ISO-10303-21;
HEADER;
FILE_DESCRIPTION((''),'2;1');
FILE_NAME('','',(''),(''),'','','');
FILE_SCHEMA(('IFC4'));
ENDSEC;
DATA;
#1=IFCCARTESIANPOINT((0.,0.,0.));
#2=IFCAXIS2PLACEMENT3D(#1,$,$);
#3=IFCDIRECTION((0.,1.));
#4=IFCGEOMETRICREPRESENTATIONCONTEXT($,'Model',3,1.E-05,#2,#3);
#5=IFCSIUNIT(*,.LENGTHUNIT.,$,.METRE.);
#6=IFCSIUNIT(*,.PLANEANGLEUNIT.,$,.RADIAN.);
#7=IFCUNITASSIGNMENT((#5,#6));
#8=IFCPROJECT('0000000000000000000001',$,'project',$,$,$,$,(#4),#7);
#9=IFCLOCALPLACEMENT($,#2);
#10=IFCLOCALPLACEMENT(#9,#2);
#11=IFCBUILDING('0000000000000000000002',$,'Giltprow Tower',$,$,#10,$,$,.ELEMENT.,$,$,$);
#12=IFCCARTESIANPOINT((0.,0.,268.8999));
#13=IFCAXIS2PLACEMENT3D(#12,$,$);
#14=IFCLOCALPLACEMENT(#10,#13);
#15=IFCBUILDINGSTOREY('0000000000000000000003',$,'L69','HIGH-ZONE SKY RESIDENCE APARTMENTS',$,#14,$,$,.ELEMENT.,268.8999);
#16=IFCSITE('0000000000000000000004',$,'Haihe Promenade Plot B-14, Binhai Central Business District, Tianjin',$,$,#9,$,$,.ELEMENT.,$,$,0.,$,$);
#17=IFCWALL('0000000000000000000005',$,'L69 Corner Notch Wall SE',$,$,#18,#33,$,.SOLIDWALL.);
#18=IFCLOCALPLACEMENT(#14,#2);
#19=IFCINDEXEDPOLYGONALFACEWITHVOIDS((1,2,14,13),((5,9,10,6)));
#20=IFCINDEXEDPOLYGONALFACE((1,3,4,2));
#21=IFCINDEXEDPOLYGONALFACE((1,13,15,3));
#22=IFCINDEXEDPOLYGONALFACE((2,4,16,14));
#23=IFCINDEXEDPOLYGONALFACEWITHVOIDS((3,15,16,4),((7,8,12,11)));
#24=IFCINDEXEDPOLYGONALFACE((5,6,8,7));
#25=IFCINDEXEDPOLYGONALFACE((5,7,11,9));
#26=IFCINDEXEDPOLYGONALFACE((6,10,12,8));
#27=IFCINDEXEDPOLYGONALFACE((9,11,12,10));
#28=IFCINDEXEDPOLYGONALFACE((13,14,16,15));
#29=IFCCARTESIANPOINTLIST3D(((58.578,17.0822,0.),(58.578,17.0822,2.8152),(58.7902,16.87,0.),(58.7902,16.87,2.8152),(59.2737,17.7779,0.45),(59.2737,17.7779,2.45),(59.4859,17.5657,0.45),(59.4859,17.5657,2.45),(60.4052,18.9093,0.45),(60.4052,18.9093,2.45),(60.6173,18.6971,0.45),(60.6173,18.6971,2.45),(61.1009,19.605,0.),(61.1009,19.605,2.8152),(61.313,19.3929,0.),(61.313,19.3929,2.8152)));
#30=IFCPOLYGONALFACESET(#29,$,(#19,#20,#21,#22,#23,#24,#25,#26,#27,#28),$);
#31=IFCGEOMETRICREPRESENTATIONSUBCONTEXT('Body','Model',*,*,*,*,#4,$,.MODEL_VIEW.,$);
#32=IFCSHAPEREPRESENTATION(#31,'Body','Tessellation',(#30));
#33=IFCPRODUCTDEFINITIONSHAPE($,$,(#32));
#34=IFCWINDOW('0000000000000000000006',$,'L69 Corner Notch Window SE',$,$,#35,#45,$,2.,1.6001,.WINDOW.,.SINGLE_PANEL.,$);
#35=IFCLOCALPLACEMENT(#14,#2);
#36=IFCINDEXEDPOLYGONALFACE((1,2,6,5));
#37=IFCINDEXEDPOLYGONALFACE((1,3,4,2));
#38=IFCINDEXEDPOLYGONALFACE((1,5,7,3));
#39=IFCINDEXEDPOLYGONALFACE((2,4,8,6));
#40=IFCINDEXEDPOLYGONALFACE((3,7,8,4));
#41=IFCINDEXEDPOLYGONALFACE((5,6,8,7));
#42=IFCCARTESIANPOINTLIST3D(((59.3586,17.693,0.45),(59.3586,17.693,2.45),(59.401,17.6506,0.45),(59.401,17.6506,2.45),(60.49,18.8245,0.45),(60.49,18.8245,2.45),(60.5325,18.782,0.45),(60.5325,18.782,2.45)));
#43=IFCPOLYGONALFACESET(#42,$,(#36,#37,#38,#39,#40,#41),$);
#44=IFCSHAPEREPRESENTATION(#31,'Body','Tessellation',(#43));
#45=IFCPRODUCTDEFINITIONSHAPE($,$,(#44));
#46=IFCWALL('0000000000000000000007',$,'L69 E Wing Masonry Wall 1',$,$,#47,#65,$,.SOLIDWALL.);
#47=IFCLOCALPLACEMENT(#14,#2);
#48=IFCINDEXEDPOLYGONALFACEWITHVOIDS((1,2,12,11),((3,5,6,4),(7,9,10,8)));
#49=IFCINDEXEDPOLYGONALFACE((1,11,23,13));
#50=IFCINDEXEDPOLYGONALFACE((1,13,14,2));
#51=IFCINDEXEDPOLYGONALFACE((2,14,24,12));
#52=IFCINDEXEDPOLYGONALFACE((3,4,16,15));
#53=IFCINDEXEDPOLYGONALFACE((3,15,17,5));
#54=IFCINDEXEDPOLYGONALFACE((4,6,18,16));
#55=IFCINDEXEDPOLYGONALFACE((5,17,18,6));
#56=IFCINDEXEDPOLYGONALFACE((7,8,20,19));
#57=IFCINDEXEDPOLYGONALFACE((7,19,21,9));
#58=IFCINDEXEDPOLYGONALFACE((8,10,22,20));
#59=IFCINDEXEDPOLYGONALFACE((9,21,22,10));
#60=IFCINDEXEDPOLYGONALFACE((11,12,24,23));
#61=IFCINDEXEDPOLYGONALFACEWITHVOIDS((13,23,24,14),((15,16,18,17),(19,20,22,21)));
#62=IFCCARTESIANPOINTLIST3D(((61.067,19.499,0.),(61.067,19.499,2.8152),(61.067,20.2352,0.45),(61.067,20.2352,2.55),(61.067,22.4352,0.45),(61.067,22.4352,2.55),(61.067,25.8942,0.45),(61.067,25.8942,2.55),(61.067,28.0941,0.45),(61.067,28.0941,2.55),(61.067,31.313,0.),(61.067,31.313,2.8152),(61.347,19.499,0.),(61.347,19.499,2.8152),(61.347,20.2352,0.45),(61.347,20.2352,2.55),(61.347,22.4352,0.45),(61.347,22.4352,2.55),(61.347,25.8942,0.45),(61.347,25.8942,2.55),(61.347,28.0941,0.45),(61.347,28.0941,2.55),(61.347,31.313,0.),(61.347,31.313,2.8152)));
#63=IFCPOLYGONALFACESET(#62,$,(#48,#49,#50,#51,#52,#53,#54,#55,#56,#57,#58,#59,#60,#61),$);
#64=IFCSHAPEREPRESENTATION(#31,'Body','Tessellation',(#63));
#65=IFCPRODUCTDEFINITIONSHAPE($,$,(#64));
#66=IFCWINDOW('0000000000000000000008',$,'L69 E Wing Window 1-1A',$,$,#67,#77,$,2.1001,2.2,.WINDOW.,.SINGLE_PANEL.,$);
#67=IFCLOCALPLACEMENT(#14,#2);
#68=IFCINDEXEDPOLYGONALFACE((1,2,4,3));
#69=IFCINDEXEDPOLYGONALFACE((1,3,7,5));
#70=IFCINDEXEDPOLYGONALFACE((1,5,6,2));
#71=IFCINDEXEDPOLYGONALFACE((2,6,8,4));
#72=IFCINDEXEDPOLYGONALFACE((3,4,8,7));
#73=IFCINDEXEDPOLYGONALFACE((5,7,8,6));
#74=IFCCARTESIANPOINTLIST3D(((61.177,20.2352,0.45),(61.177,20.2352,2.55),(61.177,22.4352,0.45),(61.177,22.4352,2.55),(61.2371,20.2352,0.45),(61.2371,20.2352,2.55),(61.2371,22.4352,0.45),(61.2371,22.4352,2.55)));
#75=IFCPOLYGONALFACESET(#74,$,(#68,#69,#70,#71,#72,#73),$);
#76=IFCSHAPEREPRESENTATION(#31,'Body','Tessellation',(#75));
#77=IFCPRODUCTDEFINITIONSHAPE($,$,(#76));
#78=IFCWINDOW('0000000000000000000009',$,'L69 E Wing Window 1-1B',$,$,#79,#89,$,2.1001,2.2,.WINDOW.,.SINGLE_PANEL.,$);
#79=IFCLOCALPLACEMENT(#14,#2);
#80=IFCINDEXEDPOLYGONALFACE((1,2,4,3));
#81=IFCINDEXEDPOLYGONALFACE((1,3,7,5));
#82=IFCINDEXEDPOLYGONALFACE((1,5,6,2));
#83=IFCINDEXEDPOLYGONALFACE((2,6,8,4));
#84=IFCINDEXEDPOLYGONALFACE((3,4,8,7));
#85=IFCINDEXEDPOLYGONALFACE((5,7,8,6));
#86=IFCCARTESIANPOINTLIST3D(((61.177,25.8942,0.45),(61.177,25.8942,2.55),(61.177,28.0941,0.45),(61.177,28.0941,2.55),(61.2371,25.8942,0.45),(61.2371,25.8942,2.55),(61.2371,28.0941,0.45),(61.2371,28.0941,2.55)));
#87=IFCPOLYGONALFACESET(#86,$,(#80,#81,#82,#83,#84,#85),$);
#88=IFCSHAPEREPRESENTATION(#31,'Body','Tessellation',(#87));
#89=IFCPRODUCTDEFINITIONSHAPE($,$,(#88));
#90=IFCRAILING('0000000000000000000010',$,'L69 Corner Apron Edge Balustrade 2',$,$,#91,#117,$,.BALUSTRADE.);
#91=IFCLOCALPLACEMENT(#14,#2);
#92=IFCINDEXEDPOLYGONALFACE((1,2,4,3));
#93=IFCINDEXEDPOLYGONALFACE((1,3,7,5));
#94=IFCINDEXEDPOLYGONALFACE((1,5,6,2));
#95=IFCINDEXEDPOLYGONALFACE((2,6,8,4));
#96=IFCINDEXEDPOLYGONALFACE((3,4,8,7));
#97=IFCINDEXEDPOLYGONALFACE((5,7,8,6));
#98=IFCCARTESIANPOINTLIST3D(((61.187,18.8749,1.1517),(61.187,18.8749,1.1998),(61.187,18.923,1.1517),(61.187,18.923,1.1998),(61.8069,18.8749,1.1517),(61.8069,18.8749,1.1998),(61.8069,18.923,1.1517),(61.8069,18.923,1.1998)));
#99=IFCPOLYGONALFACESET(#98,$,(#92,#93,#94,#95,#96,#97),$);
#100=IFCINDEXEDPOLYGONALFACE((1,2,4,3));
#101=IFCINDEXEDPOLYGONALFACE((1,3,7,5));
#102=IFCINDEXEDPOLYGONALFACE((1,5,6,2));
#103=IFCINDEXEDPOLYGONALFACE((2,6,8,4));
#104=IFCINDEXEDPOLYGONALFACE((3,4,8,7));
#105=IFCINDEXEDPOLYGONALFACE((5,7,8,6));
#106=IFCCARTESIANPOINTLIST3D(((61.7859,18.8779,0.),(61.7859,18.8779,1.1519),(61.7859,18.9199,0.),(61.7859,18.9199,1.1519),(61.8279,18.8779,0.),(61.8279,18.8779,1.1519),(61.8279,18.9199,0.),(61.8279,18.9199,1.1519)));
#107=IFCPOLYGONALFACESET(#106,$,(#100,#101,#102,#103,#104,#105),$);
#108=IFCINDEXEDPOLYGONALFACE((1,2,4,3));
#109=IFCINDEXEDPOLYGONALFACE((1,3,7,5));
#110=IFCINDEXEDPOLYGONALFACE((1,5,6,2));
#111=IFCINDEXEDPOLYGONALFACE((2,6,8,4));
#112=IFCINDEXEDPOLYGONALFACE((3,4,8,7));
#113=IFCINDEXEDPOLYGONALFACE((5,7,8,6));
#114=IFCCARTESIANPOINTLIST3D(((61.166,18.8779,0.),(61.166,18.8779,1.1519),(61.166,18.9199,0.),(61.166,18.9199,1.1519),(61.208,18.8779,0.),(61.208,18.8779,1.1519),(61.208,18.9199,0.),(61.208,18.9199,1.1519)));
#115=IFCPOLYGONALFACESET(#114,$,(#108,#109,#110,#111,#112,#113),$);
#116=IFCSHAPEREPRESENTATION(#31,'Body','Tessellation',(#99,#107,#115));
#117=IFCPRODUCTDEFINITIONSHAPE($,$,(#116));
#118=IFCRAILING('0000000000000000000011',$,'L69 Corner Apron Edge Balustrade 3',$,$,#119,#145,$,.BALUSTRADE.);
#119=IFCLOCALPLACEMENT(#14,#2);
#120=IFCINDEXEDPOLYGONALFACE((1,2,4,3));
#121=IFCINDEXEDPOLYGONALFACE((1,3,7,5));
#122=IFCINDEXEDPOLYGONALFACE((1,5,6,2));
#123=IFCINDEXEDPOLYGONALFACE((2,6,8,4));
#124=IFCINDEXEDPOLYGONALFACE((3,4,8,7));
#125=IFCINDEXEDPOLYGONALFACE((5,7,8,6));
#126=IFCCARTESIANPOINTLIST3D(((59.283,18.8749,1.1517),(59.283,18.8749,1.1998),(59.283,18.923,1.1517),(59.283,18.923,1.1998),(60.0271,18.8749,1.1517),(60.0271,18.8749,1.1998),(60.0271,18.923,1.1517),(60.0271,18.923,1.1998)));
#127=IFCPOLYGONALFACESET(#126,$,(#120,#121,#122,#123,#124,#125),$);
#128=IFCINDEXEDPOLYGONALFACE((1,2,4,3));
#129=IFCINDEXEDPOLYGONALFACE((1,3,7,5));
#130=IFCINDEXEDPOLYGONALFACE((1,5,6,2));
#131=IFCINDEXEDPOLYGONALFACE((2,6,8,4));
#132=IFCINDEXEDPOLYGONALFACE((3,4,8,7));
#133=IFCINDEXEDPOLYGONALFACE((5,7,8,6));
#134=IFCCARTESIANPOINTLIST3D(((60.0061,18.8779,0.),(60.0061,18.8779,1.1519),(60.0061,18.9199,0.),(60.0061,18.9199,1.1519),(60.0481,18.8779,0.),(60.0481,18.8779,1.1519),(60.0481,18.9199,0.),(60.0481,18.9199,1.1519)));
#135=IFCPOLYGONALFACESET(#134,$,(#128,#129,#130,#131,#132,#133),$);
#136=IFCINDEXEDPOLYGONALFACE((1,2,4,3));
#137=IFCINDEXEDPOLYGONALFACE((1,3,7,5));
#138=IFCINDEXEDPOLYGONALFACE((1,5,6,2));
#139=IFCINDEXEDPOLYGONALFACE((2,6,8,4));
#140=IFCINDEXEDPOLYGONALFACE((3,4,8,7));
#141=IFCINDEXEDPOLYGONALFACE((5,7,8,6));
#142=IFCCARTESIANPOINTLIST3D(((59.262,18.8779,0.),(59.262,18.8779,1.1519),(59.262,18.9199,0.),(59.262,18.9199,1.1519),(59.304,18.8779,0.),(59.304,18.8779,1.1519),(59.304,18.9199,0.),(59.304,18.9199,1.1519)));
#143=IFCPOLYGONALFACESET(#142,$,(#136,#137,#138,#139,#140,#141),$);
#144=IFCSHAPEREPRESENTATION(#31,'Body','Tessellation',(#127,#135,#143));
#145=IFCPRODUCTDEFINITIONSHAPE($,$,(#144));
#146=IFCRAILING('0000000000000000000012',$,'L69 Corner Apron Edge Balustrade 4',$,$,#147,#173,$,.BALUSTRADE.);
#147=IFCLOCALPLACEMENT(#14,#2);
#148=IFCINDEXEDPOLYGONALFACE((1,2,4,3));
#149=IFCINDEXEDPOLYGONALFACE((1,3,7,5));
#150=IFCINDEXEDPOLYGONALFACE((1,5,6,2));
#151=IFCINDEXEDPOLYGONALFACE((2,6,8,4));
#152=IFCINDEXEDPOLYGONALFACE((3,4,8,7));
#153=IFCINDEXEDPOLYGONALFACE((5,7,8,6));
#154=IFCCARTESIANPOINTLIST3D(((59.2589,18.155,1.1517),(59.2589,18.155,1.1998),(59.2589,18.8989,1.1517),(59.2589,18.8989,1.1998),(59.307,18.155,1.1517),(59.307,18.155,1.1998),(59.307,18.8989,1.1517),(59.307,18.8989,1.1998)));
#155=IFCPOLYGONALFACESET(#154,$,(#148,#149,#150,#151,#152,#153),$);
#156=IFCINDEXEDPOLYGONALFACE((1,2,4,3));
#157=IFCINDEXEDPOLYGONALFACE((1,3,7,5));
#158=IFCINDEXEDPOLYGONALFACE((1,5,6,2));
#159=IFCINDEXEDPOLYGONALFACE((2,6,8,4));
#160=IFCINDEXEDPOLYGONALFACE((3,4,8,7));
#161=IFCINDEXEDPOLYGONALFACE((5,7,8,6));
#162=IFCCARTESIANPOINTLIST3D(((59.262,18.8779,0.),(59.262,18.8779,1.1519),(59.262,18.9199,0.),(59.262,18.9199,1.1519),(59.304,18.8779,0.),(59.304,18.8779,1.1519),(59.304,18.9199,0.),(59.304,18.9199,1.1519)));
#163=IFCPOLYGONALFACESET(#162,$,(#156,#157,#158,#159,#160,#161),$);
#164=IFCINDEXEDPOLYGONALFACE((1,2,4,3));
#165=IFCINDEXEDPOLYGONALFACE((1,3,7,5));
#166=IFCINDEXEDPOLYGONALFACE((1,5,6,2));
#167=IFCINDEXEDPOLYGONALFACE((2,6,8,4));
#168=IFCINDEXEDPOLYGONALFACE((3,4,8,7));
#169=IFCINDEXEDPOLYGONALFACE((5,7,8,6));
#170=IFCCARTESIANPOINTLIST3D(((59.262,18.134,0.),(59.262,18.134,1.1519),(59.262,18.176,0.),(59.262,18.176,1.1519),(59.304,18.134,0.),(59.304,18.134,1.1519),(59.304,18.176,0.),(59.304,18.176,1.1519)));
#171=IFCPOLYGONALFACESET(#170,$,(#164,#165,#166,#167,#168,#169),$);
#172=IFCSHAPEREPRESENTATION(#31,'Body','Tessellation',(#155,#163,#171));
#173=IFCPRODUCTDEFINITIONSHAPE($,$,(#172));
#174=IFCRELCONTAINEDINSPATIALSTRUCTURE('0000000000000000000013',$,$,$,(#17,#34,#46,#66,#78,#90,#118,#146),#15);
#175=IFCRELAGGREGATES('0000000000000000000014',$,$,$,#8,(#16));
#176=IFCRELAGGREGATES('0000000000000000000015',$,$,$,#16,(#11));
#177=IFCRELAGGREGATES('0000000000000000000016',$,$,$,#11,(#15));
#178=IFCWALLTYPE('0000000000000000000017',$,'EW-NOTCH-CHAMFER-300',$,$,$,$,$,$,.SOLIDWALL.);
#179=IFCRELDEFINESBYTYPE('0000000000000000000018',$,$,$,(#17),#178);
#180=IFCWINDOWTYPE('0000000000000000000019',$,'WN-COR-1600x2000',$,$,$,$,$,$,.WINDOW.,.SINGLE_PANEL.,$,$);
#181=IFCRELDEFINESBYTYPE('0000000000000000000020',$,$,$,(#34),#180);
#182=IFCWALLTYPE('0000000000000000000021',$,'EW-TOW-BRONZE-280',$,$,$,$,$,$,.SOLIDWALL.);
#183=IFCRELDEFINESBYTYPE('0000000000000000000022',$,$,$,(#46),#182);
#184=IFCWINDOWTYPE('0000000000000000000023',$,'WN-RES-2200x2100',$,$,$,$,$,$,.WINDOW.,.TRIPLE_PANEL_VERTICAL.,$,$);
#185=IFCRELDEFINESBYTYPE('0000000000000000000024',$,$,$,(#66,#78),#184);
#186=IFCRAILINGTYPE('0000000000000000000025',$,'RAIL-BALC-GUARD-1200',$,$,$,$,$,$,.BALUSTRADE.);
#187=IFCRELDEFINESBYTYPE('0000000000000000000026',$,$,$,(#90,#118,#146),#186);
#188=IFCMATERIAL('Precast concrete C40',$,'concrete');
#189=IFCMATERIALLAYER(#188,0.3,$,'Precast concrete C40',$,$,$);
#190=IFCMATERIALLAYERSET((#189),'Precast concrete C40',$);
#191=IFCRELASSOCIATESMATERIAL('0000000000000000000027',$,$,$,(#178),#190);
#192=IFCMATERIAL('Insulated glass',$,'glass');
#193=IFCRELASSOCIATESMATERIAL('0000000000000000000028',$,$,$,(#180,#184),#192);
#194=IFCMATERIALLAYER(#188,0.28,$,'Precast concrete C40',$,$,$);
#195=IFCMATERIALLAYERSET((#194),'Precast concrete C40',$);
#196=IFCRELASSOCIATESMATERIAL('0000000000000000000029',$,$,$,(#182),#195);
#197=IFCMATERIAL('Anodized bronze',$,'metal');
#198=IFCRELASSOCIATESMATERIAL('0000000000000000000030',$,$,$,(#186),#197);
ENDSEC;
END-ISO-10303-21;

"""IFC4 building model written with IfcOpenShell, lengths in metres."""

from ifc_helpers import new_model, si_unit, direction, frame, frame_2d, origin, origin_2d, place, context, subcontext, project, spatial, rectangle, extrude, source, transform, mapped, material, layer, layer_set, type_object, element, fill, save


model = new_model("IFC4")

# Units and contexts
model_context = context("Model", 3, precision=1e-05, world=origin(), true_north=direction((0.0, 1.0)))
body_context = subcontext(model_context, "Body", "Model", "MODEL_VIEW")
ifc_project = project(units=[si_unit("LENGTHUNIT", "METRE"), si_unit("PLANEANGLEUNIT", "RADIAN")], contexts=[model_context])

# Site, building, storey
site_placement = place(None, origin())
site = spatial("IfcSite", under=ifc_project, at=site_placement, Name="Haihe Promenade Plot B-14, Binhai Central Business District, Tianjin", CompositionType="ELEMENT", RefElevation=0.0)
building_placement = place(site_placement, origin())
building = spatial("IfcBuilding", under=site, at=building_placement, Name="Giltprow Tower", CompositionType="ELEMENT")
storey_placement = place(building_placement, frame((0.0, 0.0, 268.8999)))
storey = spatial("IfcBuildingStorey", under=building, at=storey_placement, Name="L69", Description="HIGH-ZONE SKY RESIDENCE APARTMENTS", CompositionType="ELEMENT", Elevation=268.8999)

# Shared definitions
ifc_material_1 = material(Name="Anodized bronze", Category="metal")
ifc_material_2 = material(Name="Insulated glass", Category="glass")

# Wall, opening, window
ifc_material_3 = material(Name="Precast concrete C40", Category="concrete")
ifc_layer_1 = layer(ifc_material_3, 0.3, Name="Precast concrete C40")
ifc_layer_set_1 = layer_set([ifc_layer_1], Name="Precast concrete C40")
wall_type_1 = type_object("IfcWallType", Name="EW-NOTCH-CHAMFER-300", PredefinedType="SOLIDWALL", material=ifc_layer_set_1)
wall_1_placement = place(storey_placement, frame((58.6841, 16.9761, 0.0), z_axis=(0.0, 0.0, 1.0), x_axis=(0.707107, 0.707107, 0.0)))
wall_1 = element("IfcWall", 1, at=wall_1_placement, inside=storey, type_object=wall_type_1, Name="L69 Corner Notch Wall SE", PredefinedType="SOLIDWALL", context=body_context, shape_type="SweptSolid", body=[
    extrude(rectangle(XDim=3.5679, YDim=0.3, at=frame_2d((1.7839, 0.0))), origin(), (0.0, 0.0, 1.0), 2.8152),
])
opening_1_placement = place(wall_1_placement, frame((0.9839, 0.0, 0.45)))
opening_1 = element("IfcOpeningElement", 2, at=opening_1_placement, cuts=wall_1, PredefinedType="OPENING", context=body_context, shape_type="SweptSolid", body=[
    extrude(rectangle(XDim=1.6001, YDim=2.0, at=frame_2d((0.8, 1.0))), frame((0.0, 0.1599, 0.0), z_axis=(0.0, -1.0, 0.0), x_axis=(1.0, 0.0, 0.0)), (0.0, 0.0, 1.0), 0.3201),
])
window_type_1 = type_object("IfcWindowType", Name="WN-COR-1600x2000", PartitioningType="SINGLE_PANEL", PredefinedType="WINDOW", material=ifc_material_2)
shared_shape_1 = source(origin(), body_context, "Body", "SweptSolid", [
    extrude(rectangle(XDim=1.6001, YDim=2.0, at=frame_2d((0.8, 1.0))), frame((0.0, 0.03, 0.0), z_axis=(0.0, -1.0, 0.0), x_axis=(1.0, 0.0, 0.0)), (0.0, 0.0, 1.0), 0.0601),
])
window_1_placement = place(opening_1_placement, origin())
window_1 = element("IfcWindow", 3, at=window_1_placement, inside=storey, type_object=window_type_1, Name="L69 Corner Notch Window SE", OverallHeight=2.0, OverallWidth=1.6001, PartitioningType="SINGLE_PANEL", PredefinedType="WINDOW", context=body_context, shape_type="MappedRepresentation", body=[
    mapped(shared_shape_1, transform((0.0, 0.0, 0.0), x_axis=(1.0, 0.0, 0.0), y_axis=(0.0, 1.0, 0.0), z_axis=(0.0, 0.0, 1.0), scale=1.0)),
])
fill(opening_1, window_1)

# Wall, openings, windows
ifc_layer_2 = layer(ifc_material_3, 0.28, Name="Precast concrete C40")
ifc_layer_set_2 = layer_set([ifc_layer_2], Name="Precast concrete C40")
wall_type_2 = type_object("IfcWallType", Name="EW-TOW-BRONZE-280", PredefinedType="SOLIDWALL", material=ifc_layer_set_2)
wall_2_placement = place(storey_placement, frame((61.207, 19.499, 0.0), z_axis=(0.0, 0.0, 1.0), x_axis=(0.0, 1.0, 0.0)))
wall_2 = element("IfcWall", 4, at=wall_2_placement, inside=storey, type_object=wall_type_2, Name="L69 E Wing Masonry Wall 1", PredefinedType="SOLIDWALL", context=body_context, shape_type="SweptSolid", body=[
    extrude(rectangle(XDim=11.814, YDim=0.28, at=frame_2d((5.907, 0.0))), origin(), (0.0, 0.0, 1.0), 2.8152),
])
opening_2_placement = place(wall_2_placement, frame((0.7361, 0.0, 0.45)))
opening_2 = element("IfcOpeningElement", 5, at=opening_2_placement, cuts=wall_2, PredefinedType="OPENING", context=body_context, shape_type="SweptSolid", body=[
    extrude(rectangle(XDim=2.2, YDim=2.1001, at=frame_2d((1.1001, 1.05))), frame((0.0, 0.1499, 0.0), z_axis=(0.0, -1.0, 0.0), x_axis=(1.0, 0.0, 0.0)), (0.0, 0.0, 1.0), 0.3),
])
opening_3_placement = place(wall_2_placement, frame((6.395, 0.0, 0.45)))
opening_3 = element("IfcOpeningElement", 6, at=opening_3_placement, cuts=wall_2, PredefinedType="OPENING", context=body_context, shape_type="SweptSolid", body=[
    extrude(rectangle(XDim=2.2, YDim=2.1001, at=frame_2d((1.1001, 1.05))), frame((0.0, 0.1499, 0.0), z_axis=(0.0, -1.0, 0.0), x_axis=(1.0, 0.0, 0.0)), (0.0, 0.0, 1.0), 0.3),
])
window_type_2 = type_object("IfcWindowType", Name="WN-RES-2200x2100", PartitioningType="TRIPLE_PANEL_VERTICAL", PredefinedType="WINDOW", material=ifc_material_2)
shared_shape_2 = source(origin(), body_context, "Body", "SweptSolid", [
    extrude(rectangle(XDim=2.2, YDim=2.1001, at=frame_2d((1.1001, 1.05))), frame((0.0, 0.03, 0.0), z_axis=(0.0, -1.0, 0.0), x_axis=(1.0, 0.0, 0.0)), (0.0, 0.0, 1.0), 0.0601),
])
window_2_placement = place(opening_2_placement, origin())
window_2 = element("IfcWindow", 7, at=window_2_placement, inside=storey, type_object=window_type_2, Name="L69 E Wing Window 1-1A", OverallHeight=2.1001, OverallWidth=2.2, PartitioningType="SINGLE_PANEL", PredefinedType="WINDOW", context=body_context, shape_type="MappedRepresentation", body=[
    mapped(shared_shape_2, transform((0.0, 0.0, 0.0), x_axis=(1.0, 0.0, 0.0), y_axis=(0.0, 1.0, 0.0), z_axis=(0.0, 0.0, 1.0), scale=1.0)),
])
fill(opening_2, window_2)
window_3_placement = place(opening_3_placement, origin())
window_3 = element("IfcWindow", 8, at=window_3_placement, inside=storey, type_object=window_type_2, Name="L69 E Wing Window 1-1B", OverallHeight=2.1001, OverallWidth=2.2, PartitioningType="SINGLE_PANEL", PredefinedType="WINDOW", context=body_context, shape_type="MappedRepresentation", body=[
    mapped(shared_shape_2, transform((0.0, 0.0, 0.0), x_axis=(1.0, 0.0, 0.0), y_axis=(0.0, 1.0, 0.0), z_axis=(0.0, 0.0, 1.0), scale=1.0)),
])
fill(opening_3, window_3)

# Railings
railing_type = type_object("IfcRailingType", Name="RAIL-BALC-GUARD-1200", PredefinedType="BALUSTRADE", material=ifc_material_1)
railing_1_placement = place(storey_placement, frame((61.8069, 18.8989, 0.0)))
element("IfcRailing", 9, at=railing_1_placement, inside=storey, type_object=railing_type, Name="L69 Corner Apron Edge Balustrade 2", PredefinedType="BALUSTRADE", context=body_context, shape_type="SweptSolid", body=[
    extrude(rectangle(XDim=0.0481, YDim=0.0481, at=origin_2d()), frame((0.0, 0.0, 1.1758), z_axis=(-1.0, 0.0, 0.0), x_axis=(0.0, -1.0, 0.0)), (0.0, 0.0, 1.0), 0.6199),
    extrude(rectangle(XDim=0.042, YDim=0.042, at=origin_2d()), origin(), (0.0, 0.0, 1.0), 1.1519),
    extrude(rectangle(XDim=0.042, YDim=0.042, at=origin_2d()), frame((-0.6199, 0.0, 0.0)), (0.0, 0.0, 1.0), 1.1519),
])
railing_2_placement = place(storey_placement, frame((60.0271, 18.8989, 0.0)))
element("IfcRailing", 10, at=railing_2_placement, inside=storey, type_object=railing_type, Name="L69 Corner Apron Edge Balustrade 3", PredefinedType="BALUSTRADE", context=body_context, shape_type="SweptSolid", body=[
    extrude(rectangle(XDim=0.0481, YDim=0.0481, at=origin_2d()), frame((0.0, 0.0, 1.1758), z_axis=(-1.0, 0.0, 0.0), x_axis=(0.0, -1.0, 0.0)), (0.0, 0.0, 1.0), 0.7441),
    extrude(rectangle(XDim=0.042, YDim=0.042, at=origin_2d()), origin(), (0.0, 0.0, 1.0), 1.1519),
    extrude(rectangle(XDim=0.042, YDim=0.042, at=origin_2d()), frame((-0.7441, 0.0, 0.0)), (0.0, 0.0, 1.0), 1.1519),
])
railing_3_placement = place(storey_placement, frame((59.283, 18.8989, 0.0)))
element("IfcRailing", 11, at=railing_3_placement, inside=storey, type_object=railing_type, Name="L69 Corner Apron Edge Balustrade 4", PredefinedType="BALUSTRADE", context=body_context, shape_type="SweptSolid", body=[
    extrude(rectangle(XDim=0.0481, YDim=0.0481, at=origin_2d()), frame((0.0, 0.0, 1.1758), z_axis=(0.0, -1.0, 0.0), x_axis=(1.0, 0.0, 0.0)), (0.0, 0.0, 1.0), 0.7439),
    extrude(rectangle(XDim=0.042, YDim=0.042, at=origin_2d()), origin(), (0.0, 0.0, 1.0), 1.1519),
    extrude(rectangle(XDim=0.042, YDim=0.042, at=origin_2d()), frame((0.0, -0.7439, 0.0)), (0.0, 0.0, 1.0), 1.1519),
])

save(model, "model.ifc")
